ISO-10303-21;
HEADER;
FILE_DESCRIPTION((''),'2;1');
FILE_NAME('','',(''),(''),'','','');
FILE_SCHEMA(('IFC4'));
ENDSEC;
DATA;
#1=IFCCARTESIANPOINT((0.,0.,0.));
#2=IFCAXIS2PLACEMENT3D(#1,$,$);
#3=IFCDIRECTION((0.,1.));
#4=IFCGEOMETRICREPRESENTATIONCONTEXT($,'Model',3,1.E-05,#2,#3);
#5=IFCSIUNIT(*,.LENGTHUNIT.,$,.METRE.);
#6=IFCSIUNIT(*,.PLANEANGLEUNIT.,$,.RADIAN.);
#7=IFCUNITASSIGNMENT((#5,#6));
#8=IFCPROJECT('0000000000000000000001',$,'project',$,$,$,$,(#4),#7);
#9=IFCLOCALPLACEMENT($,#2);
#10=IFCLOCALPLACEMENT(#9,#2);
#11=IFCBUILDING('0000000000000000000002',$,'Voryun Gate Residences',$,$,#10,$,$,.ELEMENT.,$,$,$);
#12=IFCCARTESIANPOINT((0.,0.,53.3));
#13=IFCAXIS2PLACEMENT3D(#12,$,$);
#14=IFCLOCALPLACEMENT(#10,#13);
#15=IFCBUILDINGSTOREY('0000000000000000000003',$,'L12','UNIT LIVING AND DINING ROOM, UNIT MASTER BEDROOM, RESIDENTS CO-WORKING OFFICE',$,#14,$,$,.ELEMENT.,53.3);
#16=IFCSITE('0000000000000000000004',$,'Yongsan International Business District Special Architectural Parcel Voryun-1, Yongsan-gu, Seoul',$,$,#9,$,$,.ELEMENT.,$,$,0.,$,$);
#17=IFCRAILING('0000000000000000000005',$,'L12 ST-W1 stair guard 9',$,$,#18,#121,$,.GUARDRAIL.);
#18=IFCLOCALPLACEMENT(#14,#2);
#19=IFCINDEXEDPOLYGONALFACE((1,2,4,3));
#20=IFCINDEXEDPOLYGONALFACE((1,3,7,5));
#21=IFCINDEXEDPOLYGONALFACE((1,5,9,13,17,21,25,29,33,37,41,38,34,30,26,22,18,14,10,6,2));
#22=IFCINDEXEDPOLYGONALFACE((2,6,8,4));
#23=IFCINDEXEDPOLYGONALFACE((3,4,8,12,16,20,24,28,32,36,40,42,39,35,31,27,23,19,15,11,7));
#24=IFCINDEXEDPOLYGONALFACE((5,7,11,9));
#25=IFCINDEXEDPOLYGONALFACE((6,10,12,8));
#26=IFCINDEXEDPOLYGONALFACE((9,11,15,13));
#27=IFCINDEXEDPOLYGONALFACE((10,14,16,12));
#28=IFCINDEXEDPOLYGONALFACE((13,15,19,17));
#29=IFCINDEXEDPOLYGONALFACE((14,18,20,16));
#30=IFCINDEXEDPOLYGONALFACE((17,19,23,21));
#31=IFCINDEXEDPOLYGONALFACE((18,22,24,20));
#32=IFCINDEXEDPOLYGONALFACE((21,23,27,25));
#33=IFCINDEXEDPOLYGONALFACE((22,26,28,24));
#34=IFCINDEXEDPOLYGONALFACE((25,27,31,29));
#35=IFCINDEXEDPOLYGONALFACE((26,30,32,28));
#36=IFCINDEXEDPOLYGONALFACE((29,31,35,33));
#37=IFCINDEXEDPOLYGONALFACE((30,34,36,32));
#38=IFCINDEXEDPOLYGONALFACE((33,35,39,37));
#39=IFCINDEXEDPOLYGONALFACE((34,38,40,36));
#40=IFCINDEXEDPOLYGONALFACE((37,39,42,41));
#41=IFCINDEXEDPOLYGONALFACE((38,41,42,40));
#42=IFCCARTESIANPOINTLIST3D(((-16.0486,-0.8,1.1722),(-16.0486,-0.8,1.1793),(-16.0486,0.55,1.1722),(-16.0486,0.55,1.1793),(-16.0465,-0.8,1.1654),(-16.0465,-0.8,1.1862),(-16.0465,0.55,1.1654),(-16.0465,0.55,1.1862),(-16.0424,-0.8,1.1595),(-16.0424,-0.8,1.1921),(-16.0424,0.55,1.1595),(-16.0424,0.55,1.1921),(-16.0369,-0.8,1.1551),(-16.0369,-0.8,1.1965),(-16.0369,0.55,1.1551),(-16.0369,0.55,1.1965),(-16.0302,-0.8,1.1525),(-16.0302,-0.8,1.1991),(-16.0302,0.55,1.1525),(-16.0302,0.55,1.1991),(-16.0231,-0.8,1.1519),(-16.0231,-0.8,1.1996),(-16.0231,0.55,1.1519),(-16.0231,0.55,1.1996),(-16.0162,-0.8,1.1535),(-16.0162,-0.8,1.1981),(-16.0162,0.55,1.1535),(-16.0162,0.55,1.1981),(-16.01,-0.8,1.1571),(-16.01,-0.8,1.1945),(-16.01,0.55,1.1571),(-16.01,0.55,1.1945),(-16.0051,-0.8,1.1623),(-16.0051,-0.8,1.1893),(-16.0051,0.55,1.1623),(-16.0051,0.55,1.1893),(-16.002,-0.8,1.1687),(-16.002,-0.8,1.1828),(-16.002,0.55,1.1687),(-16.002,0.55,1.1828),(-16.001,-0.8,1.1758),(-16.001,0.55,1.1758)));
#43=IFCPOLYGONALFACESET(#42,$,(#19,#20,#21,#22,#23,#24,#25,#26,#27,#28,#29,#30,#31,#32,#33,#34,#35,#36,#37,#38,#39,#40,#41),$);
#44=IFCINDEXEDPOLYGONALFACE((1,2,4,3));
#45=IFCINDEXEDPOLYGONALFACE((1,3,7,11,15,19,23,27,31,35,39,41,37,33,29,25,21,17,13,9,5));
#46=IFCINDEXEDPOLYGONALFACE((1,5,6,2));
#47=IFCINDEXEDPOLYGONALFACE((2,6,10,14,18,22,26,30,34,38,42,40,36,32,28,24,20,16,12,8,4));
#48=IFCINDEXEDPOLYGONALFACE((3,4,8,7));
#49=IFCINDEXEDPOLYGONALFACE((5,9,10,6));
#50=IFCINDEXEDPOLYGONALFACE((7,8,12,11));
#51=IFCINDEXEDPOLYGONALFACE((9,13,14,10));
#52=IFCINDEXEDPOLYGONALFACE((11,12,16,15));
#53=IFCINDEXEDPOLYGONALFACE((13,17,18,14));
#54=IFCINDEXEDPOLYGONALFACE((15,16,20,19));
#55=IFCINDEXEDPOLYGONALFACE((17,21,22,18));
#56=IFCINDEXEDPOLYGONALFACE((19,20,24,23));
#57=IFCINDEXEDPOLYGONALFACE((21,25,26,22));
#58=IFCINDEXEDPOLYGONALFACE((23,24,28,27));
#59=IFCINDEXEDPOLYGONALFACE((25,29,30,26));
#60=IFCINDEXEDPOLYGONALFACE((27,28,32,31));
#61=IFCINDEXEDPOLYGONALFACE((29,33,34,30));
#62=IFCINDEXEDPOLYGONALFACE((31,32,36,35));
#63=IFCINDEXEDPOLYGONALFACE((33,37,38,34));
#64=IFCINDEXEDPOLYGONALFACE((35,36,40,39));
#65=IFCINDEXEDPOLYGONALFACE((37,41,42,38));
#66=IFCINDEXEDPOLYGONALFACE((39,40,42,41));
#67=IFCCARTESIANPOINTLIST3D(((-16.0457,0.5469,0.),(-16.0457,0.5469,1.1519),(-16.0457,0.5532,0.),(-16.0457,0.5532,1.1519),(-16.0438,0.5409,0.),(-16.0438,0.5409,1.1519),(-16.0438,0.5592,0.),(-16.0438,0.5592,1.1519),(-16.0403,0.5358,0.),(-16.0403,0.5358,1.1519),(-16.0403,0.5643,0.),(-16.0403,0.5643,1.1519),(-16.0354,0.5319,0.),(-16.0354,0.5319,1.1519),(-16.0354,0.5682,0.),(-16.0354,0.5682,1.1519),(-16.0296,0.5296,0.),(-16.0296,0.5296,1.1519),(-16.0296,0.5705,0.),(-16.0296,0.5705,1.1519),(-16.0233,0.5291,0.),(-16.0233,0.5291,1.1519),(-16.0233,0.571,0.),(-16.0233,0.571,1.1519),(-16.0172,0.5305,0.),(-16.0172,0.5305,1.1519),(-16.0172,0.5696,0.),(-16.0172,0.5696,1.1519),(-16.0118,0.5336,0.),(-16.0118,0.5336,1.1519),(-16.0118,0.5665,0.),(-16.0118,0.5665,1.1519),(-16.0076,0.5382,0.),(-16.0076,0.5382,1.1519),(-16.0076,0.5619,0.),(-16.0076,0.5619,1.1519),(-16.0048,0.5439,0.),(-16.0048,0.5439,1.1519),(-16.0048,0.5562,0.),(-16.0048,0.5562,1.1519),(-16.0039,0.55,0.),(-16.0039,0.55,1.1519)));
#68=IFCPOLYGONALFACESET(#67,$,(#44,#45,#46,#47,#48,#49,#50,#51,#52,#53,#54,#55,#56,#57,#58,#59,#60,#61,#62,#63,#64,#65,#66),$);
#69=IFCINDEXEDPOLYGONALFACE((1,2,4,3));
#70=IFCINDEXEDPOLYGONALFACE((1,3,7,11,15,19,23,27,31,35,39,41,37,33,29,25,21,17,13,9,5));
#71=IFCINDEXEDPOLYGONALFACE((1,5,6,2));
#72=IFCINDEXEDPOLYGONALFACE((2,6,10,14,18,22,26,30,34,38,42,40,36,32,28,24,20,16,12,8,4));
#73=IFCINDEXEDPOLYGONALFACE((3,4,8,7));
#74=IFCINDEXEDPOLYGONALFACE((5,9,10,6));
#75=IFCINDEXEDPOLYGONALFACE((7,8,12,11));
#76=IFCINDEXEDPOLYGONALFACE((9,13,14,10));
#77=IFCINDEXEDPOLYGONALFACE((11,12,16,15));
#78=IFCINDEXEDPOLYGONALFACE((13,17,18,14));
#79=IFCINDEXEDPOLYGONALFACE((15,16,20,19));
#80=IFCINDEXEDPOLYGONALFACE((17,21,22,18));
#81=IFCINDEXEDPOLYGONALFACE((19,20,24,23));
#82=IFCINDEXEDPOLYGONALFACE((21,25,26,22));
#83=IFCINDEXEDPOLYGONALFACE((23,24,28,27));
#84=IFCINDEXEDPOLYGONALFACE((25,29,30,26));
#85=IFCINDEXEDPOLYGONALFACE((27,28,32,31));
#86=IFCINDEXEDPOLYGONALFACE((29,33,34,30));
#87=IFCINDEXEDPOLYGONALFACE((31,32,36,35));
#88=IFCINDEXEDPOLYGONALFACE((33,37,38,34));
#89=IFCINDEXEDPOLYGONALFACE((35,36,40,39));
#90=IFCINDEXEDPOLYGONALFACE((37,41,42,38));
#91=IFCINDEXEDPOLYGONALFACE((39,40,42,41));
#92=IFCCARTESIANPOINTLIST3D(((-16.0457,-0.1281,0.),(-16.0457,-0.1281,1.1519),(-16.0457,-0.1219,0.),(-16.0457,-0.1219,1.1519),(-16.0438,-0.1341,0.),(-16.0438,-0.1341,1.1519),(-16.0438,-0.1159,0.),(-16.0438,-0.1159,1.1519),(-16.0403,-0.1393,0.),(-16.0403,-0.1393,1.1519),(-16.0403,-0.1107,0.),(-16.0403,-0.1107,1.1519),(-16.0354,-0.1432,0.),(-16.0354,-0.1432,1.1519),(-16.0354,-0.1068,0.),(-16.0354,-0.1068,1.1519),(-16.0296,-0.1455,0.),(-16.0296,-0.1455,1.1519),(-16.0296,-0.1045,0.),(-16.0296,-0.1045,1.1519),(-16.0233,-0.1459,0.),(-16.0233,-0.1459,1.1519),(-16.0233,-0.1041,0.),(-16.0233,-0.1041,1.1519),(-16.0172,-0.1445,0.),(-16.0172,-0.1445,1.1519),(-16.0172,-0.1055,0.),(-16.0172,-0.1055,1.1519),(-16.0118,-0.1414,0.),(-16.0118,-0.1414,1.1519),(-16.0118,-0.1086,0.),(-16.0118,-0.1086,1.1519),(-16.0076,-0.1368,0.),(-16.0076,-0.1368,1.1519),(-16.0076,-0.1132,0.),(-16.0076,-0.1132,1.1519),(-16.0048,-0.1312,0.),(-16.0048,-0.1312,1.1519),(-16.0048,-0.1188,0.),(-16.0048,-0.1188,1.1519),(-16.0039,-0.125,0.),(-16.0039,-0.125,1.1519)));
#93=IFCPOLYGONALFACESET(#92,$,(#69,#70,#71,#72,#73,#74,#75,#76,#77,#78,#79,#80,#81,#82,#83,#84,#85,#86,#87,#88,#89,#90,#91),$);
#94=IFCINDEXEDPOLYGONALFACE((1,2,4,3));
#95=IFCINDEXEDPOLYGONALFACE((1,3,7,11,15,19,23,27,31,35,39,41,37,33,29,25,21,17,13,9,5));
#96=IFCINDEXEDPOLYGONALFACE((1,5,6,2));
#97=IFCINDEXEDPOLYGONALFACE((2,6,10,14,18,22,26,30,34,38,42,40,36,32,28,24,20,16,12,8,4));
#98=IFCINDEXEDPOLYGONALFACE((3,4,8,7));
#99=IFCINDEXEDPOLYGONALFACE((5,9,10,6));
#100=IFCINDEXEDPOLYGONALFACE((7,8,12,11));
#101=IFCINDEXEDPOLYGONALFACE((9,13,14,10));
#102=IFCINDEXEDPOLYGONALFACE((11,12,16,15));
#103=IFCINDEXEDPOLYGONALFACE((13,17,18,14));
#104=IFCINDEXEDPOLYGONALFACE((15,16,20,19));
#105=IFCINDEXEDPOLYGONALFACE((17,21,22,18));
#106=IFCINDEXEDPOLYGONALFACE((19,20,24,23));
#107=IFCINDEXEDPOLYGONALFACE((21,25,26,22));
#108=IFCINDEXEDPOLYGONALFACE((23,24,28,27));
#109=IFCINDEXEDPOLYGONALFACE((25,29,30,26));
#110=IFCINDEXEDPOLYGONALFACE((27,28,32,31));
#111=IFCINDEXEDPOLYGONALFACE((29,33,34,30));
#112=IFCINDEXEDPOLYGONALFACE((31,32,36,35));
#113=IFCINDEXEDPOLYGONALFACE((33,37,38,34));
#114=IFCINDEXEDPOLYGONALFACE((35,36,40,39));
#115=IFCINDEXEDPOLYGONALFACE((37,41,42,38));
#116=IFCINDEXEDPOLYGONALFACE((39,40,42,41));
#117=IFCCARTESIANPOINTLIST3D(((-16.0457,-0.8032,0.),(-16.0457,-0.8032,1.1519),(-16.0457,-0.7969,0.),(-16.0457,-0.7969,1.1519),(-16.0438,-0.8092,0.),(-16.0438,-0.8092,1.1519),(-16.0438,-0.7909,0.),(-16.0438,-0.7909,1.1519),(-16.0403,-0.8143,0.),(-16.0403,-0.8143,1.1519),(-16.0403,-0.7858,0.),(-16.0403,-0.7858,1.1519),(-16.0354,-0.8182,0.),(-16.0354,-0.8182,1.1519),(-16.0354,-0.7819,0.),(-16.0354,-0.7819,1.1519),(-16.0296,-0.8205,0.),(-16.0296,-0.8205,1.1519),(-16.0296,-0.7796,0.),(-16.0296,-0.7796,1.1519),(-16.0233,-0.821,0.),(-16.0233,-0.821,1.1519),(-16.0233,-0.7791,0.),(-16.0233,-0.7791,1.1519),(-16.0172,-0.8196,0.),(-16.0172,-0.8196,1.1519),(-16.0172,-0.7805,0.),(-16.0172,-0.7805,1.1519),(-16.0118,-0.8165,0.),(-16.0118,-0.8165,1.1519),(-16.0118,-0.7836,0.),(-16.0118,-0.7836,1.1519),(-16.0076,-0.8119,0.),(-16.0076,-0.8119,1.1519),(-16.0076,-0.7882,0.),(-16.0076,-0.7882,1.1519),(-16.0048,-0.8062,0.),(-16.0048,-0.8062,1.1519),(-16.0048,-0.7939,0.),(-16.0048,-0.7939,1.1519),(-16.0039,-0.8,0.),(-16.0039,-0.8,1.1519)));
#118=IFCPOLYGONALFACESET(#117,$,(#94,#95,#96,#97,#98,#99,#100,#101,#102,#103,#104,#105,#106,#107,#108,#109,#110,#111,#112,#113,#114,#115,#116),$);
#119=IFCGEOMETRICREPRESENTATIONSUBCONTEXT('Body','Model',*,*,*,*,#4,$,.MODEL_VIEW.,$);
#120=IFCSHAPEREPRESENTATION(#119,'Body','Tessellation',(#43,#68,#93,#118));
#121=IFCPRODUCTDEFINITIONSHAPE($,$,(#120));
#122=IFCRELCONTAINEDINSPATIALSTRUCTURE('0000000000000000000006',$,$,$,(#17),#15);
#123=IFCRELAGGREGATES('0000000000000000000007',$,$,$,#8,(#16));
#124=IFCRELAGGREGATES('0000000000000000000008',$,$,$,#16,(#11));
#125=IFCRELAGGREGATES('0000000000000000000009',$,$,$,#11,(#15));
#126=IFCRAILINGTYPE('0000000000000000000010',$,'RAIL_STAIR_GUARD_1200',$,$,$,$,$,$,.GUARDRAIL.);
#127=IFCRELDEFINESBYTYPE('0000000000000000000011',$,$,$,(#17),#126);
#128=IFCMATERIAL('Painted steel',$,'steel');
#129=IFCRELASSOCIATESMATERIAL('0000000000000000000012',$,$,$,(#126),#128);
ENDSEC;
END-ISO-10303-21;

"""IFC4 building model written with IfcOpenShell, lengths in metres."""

from ifc_helpers import new_model, si_unit, direction, frame, origin, origin_2d, place, context, subcontext, project, spatial, circle, extrude, material, type_object, element, save


model = new_model("IFC4")

# Units and contexts
model_context = context("Model", 3, precision=1e-05, world=origin(), true_north=direction((0.0, 1.0)))
body_context = subcontext(model_context, "Body", "Model", "MODEL_VIEW")
ifc_project = project(units=[si_unit("LENGTHUNIT", "METRE"), si_unit("PLANEANGLEUNIT", "RADIAN")], contexts=[model_context])

# Site, building, storey
site_placement = place(None, origin())
site = spatial("IfcSite", under=ifc_project, at=site_placement, Name="Yongsan International Business District Special Architectural Parcel Voryun-1, Yongsan-gu, Seoul", CompositionType="ELEMENT", RefElevation=0.0)
building_placement = place(site_placement, origin())
building = spatial("IfcBuilding", under=site, at=building_placement, Name="Voryun Gate Residences", CompositionType="ELEMENT")
storey_placement = place(building_placement, frame((0.0, 0.0, 53.3)))
storey = spatial("IfcBuildingStorey", under=building, at=storey_placement, Name="L12", Description="UNIT LIVING AND DINING ROOM, UNIT MASTER BEDROOM, RESIDENTS CO-WORKING OFFICE", CompositionType="ELEMENT", Elevation=53.3)

# Railing
ifc_material_1 = material(Name="Painted steel", Category="steel")
railing_type = type_object("IfcRailingType", Name="RAIL_STAIR_GUARD_1200", PredefinedType="GUARDRAIL", material=ifc_material_1)
for number, where, name in (
    (1, (-16.0249, 0.55, 0.0), "L12 ST-W1 stair guard 9"),
):
    element("IfcRailing", number, at=place(storey_placement, frame(where)), inside=storey, type_object=railing_type, Name=name, PredefinedType="GUARDRAIL", context=body_context, shape_type="SweptSolid", body=[
        extrude(circle(Radius=0.0239, at=origin_2d()), frame((0.0, 0.0, 1.1758), z_axis=(0.0, -1.0, 0.0), x_axis=(1.0, 0.0, 0.0)), (0.0, 0.0, 1.0), 1.3501),
        extrude(circle(Radius=0.021, at=origin_2d()), origin(), (0.0, 0.0, 1.0), 1.1519),
        extrude(circle(Radius=0.021, at=origin_2d()), frame((0.0, -0.675, 0.0)), (0.0, 0.0, 1.0), 1.1519),
        extrude(circle(Radius=0.021, at=origin_2d()), frame((0.0, -1.3501, 0.0)), (0.0, 0.0, 1.0), 1.1519),
    ])

save(model, "model.ifc")
